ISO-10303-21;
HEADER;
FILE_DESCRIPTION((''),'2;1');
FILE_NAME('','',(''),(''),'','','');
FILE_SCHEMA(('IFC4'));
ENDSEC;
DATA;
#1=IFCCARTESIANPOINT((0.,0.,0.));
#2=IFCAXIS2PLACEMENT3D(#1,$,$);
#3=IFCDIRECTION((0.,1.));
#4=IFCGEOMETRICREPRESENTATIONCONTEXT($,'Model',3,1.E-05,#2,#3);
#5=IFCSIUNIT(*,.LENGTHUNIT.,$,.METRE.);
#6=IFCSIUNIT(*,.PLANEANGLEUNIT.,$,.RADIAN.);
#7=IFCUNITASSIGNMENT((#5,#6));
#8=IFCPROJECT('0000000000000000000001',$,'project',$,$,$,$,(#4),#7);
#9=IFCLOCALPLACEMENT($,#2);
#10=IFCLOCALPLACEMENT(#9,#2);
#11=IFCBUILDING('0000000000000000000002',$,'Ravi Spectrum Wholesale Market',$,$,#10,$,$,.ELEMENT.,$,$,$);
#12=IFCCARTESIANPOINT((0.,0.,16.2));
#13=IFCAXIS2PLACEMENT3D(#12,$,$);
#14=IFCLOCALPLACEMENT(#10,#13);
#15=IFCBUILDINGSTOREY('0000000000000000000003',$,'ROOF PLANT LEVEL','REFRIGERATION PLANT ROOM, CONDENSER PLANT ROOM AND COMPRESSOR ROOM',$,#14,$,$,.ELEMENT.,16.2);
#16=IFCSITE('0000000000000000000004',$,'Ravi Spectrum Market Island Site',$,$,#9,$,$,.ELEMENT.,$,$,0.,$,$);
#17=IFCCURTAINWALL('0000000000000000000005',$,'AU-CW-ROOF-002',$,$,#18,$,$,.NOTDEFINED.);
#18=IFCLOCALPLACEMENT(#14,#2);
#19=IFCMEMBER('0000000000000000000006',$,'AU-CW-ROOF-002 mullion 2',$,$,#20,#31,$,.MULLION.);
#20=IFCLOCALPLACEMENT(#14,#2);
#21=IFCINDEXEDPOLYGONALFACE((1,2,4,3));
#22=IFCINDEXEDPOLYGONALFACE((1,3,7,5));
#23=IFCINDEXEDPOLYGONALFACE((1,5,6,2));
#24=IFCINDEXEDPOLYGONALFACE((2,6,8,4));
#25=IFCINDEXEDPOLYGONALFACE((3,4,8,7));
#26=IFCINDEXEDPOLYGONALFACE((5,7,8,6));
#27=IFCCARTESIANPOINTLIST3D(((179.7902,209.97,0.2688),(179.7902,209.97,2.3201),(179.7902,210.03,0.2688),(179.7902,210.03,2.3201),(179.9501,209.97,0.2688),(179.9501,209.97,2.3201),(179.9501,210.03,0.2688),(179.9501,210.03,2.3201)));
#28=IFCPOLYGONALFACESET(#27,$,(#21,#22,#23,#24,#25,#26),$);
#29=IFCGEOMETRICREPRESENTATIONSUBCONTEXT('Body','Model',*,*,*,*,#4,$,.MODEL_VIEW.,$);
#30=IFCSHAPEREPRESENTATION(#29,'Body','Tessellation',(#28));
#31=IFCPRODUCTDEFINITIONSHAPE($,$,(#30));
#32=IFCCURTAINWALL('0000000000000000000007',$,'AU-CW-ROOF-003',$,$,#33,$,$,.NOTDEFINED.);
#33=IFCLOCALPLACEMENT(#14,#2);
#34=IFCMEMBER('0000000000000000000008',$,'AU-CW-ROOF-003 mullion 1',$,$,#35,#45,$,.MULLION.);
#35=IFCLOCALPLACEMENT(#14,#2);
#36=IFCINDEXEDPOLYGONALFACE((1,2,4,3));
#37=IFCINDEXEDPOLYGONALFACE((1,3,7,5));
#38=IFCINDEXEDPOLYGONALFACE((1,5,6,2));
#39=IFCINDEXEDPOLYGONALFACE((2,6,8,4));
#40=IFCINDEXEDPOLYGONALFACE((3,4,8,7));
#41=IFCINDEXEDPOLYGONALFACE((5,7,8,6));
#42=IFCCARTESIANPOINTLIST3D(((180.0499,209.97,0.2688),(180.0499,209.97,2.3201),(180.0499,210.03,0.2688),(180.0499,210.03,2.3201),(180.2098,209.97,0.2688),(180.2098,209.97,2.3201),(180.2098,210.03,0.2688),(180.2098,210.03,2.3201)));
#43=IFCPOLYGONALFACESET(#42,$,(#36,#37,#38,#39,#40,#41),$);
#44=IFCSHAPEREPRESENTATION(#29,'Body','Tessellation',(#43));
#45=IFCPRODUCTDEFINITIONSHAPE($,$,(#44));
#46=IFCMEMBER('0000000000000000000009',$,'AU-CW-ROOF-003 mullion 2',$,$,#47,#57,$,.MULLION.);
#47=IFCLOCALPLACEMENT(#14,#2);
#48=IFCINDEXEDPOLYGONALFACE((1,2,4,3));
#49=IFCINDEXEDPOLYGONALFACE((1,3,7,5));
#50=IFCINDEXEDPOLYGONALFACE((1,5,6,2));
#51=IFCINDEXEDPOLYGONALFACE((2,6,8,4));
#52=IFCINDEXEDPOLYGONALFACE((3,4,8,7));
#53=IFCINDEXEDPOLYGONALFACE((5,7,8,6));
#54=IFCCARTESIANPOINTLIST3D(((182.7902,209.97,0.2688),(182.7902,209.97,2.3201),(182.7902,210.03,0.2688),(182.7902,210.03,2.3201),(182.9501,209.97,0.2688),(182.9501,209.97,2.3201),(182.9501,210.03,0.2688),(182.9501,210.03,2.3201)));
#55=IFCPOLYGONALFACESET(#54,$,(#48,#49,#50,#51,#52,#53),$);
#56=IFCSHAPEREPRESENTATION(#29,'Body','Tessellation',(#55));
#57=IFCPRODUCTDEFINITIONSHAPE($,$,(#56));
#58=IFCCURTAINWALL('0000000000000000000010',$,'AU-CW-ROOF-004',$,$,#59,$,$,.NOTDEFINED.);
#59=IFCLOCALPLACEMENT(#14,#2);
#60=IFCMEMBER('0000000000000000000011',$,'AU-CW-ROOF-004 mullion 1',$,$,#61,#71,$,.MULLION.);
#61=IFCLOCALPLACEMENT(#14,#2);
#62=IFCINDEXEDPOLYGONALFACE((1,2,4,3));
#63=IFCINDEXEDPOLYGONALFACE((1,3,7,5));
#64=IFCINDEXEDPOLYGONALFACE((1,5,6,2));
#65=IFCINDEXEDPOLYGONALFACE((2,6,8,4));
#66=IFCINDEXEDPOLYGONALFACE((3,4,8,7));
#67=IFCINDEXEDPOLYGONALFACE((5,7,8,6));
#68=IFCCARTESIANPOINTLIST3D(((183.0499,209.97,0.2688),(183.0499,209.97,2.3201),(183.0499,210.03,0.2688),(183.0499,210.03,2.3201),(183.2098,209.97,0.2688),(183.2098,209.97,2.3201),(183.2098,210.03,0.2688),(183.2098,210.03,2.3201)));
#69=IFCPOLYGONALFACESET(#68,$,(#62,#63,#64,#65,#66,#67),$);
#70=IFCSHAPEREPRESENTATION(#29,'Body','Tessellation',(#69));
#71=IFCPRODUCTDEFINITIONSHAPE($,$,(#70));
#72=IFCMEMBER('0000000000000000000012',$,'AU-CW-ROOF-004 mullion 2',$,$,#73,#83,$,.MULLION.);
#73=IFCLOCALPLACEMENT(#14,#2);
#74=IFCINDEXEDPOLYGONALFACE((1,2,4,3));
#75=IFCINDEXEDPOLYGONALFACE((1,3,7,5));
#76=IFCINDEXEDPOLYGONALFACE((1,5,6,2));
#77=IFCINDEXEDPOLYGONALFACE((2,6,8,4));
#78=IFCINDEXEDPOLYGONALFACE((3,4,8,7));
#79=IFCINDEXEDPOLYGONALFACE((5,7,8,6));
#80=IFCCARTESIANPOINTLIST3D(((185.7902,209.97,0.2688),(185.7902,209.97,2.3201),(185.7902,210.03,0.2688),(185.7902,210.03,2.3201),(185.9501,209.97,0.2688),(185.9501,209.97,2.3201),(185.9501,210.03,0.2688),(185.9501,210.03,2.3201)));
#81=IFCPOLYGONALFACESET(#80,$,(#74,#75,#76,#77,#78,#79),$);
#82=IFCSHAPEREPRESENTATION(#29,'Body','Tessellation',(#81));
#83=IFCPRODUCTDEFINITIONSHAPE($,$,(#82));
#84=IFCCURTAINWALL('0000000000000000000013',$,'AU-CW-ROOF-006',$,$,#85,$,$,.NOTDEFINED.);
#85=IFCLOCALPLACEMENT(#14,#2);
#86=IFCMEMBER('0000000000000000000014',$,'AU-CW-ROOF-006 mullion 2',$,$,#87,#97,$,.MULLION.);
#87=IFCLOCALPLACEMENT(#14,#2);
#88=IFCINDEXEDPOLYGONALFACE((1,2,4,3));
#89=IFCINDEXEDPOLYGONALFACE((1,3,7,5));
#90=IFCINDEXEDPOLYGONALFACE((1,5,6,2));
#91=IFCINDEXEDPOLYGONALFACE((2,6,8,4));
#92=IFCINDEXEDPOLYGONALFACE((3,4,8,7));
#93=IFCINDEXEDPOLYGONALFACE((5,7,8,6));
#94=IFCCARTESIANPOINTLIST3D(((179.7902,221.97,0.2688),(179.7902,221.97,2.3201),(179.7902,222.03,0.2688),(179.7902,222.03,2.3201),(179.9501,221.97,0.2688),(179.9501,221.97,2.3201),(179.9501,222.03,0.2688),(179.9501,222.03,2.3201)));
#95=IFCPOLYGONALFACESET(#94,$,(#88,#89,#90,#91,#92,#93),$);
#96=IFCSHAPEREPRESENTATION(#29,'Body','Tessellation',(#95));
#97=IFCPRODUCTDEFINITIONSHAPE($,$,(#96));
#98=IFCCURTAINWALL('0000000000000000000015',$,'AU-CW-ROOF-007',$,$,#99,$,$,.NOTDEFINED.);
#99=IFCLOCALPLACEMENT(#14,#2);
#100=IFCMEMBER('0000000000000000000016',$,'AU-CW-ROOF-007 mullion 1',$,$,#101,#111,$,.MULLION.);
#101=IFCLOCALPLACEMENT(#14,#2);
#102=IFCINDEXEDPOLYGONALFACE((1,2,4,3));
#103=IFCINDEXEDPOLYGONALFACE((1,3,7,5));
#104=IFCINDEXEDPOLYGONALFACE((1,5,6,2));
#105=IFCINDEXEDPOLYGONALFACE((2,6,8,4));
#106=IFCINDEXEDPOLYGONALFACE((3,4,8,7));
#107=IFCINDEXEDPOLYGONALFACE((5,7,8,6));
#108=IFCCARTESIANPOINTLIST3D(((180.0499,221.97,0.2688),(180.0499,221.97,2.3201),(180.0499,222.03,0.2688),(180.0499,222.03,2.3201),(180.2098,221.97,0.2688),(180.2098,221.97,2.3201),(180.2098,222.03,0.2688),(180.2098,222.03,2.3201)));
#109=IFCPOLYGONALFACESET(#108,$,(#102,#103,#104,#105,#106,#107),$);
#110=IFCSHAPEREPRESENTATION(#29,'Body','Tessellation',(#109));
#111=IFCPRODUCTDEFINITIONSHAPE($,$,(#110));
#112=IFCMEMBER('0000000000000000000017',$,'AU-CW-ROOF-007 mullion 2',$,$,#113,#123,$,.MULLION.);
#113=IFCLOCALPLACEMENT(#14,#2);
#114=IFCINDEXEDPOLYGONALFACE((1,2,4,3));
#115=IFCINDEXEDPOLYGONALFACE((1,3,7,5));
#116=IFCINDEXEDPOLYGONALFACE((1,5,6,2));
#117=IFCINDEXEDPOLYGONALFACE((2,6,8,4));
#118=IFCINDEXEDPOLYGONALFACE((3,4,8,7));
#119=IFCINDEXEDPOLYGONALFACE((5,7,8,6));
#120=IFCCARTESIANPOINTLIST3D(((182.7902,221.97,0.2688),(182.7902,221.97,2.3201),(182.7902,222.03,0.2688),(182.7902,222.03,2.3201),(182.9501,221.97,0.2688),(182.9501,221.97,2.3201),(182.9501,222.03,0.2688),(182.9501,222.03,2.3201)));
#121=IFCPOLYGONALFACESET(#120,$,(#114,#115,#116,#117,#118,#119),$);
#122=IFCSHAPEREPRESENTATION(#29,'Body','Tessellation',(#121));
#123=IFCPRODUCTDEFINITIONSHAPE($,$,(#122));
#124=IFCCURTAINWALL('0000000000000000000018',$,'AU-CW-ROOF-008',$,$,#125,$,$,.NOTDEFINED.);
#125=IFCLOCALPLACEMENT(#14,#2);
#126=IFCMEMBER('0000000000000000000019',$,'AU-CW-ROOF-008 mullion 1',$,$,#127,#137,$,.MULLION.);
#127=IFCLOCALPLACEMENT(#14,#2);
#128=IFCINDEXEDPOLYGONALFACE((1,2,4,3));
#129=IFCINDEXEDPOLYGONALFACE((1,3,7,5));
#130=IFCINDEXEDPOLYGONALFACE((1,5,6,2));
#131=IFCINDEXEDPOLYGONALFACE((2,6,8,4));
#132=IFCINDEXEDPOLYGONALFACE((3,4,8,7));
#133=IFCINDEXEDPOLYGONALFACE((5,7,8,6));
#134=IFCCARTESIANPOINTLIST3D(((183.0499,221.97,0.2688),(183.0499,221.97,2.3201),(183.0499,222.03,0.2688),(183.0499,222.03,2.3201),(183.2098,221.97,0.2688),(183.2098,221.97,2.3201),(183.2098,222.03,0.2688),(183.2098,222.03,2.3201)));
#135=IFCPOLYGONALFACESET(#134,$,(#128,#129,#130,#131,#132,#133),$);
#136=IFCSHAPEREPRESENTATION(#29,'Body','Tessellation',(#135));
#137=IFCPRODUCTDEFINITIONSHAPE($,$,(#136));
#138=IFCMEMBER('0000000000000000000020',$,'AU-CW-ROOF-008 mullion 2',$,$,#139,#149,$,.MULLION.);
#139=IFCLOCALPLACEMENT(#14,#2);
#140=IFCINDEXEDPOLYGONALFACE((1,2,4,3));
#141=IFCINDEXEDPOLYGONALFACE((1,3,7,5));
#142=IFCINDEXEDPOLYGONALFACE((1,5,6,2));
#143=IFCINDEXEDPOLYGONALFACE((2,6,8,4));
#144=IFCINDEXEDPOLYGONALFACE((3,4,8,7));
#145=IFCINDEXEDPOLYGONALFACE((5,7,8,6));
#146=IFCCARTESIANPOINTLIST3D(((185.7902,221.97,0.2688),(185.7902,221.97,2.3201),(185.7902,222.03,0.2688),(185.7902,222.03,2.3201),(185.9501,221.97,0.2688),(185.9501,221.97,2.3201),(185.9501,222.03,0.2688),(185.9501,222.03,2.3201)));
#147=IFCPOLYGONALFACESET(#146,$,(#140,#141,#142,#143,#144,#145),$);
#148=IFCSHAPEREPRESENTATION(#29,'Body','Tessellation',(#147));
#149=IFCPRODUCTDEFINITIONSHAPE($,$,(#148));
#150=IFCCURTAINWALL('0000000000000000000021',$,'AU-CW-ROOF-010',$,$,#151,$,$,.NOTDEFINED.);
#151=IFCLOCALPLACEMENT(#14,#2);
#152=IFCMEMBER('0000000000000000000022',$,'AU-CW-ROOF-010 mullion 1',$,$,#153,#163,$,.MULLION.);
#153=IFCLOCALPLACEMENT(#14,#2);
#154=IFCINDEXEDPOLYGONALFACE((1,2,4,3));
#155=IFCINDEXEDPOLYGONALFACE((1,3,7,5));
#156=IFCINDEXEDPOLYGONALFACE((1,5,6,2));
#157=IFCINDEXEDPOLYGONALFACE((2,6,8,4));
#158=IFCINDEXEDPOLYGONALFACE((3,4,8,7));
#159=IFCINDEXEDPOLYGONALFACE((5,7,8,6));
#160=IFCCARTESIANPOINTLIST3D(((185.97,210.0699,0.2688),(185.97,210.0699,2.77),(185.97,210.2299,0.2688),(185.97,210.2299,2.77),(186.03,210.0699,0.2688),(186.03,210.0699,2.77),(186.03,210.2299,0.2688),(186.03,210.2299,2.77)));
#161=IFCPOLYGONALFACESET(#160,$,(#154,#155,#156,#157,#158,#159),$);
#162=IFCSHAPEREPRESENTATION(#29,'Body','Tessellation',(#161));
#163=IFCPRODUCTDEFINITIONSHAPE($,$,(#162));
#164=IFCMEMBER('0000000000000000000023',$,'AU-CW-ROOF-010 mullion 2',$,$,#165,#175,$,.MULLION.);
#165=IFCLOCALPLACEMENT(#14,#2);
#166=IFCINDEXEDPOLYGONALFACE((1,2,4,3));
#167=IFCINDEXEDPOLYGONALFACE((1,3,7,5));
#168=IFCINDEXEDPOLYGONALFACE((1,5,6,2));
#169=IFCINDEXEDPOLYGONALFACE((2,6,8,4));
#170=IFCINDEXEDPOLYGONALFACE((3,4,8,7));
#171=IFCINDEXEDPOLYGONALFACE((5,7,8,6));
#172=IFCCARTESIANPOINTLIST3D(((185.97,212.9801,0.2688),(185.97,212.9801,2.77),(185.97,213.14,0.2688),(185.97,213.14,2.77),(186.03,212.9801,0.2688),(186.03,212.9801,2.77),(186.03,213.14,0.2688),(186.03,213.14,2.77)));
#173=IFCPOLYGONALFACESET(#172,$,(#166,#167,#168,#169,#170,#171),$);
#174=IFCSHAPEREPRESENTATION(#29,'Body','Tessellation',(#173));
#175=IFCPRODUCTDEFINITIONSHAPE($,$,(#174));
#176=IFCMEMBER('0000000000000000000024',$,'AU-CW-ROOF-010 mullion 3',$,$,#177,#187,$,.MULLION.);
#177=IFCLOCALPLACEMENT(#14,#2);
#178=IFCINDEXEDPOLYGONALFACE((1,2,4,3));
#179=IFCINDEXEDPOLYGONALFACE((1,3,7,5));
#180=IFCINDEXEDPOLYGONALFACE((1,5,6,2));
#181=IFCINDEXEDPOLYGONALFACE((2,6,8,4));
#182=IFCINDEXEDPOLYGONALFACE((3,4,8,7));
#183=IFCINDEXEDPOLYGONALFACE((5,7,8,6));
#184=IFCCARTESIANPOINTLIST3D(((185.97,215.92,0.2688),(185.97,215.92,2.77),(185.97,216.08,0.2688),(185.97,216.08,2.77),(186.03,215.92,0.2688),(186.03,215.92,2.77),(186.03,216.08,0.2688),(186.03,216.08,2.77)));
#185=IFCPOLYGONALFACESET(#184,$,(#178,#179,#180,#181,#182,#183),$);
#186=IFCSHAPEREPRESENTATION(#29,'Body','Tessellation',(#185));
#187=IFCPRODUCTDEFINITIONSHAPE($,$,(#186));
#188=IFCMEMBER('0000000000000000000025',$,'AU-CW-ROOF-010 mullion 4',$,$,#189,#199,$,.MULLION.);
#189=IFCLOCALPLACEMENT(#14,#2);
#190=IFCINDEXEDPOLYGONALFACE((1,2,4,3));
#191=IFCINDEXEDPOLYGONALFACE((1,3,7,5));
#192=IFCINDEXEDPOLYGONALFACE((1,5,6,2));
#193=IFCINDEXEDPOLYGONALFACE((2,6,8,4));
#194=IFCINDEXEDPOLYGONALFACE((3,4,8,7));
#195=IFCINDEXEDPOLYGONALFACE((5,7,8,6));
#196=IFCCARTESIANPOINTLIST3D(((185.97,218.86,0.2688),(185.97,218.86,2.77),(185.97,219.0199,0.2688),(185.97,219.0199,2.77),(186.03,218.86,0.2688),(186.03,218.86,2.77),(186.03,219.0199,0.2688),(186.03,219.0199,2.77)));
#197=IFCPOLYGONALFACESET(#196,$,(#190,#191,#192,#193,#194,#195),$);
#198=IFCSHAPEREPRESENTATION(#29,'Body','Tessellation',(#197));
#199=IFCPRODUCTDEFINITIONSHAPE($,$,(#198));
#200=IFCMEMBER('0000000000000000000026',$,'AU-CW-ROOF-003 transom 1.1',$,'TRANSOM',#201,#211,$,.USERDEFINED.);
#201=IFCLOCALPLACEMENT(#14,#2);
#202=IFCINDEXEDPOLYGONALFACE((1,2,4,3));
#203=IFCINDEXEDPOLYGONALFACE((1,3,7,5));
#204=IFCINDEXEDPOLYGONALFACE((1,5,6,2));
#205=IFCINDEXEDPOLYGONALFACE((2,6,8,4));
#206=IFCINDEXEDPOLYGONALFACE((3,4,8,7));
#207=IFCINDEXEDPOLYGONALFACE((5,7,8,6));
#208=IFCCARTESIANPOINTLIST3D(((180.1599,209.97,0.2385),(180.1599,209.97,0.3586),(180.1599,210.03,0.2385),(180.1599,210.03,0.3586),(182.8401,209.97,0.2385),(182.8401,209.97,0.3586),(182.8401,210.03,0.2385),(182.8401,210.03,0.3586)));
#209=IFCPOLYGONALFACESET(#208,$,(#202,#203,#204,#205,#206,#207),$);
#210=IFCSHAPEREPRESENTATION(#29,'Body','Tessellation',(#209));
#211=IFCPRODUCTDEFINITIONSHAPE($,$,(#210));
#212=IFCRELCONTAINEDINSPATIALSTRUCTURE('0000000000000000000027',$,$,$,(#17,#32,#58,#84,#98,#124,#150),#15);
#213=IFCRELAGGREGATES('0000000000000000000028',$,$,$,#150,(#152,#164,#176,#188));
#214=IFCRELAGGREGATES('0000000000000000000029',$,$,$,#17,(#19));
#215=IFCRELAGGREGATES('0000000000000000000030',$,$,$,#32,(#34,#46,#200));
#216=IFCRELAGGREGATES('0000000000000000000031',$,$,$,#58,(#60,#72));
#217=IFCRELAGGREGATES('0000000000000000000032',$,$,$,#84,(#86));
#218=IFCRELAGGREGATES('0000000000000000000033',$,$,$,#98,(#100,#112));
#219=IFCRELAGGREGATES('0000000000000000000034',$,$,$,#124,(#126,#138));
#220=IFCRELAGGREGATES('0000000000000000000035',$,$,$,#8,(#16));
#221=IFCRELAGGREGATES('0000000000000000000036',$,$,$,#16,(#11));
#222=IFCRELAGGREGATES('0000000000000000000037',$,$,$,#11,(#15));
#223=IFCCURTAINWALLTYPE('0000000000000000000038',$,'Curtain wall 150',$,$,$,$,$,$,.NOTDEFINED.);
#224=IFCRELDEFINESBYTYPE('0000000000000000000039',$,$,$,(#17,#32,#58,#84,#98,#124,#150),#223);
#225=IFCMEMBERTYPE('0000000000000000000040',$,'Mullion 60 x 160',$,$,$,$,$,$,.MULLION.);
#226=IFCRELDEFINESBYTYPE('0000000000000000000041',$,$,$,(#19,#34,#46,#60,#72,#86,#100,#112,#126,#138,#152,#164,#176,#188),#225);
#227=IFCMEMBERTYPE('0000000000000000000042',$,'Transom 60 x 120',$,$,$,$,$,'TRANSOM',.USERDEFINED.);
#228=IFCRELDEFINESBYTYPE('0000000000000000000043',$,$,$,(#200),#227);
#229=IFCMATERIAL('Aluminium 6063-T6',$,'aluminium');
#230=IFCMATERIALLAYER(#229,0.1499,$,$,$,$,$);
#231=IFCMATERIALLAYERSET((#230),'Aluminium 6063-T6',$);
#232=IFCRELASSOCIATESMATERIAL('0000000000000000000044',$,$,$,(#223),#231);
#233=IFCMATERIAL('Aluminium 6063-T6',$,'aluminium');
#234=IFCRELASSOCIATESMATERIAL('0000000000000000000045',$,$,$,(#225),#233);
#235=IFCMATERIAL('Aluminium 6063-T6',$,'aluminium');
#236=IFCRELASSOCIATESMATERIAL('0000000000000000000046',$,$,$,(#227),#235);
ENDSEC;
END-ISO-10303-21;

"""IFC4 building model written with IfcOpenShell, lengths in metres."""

from ifc_helpers import new_model, si_unit, direction, frame, origin, origin_2d, place, context, subcontext, project, spatial, rectangle, extrude, material, layer, layer_set, material_profile, profile_set, type_object, element, aggregate, save


model = new_model("IFC4")

# Units and contexts
model_context = context("Model", 3, precision=1e-05, world=origin(), true_north=direction((0.0, 1.0)))
body_context = subcontext(model_context, "Body", "Model", "MODEL_VIEW")
ifc_project = project(units=[si_unit("LENGTHUNIT", "METRE"), si_unit("PLANEANGLEUNIT", "RADIAN")], contexts=[model_context])

# Site, building, storey
site_placement = place(None, origin())
site = spatial("IfcSite", under=ifc_project, at=site_placement, Name="Ravi Spectrum Market Island Site", CompositionType="ELEMENT", RefElevation=0.0)
building_placement = place(site_placement, origin())
building = spatial("IfcBuilding", under=site, at=building_placement, Name="Ravi Spectrum Wholesale Market", CompositionType="ELEMENT")
storey_placement = place(building_placement, frame((0.0, 0.0, 16.2)))
storey = spatial("IfcBuildingStorey", under=building, at=storey_placement, Name="ROOF PLANT LEVEL", Description="REFRIGERATION PLANT ROOM, CONDENSER PLANT ROOM AND COMPRESSOR ROOM", CompositionType="ELEMENT", Elevation=16.2)

# Curtain wall, member
ifc_material_1 = material(Name="Aluminium 6063-T6", Category="aluminium")
ifc_layer_1 = layer(ifc_material_1, 0.1499)
ifc_layer_set_1 = layer_set([ifc_layer_1], Name="Aluminium 6063-T6")
curtain_wall_type = type_object("IfcCurtainWallType", Name="Curtain wall 150", PredefinedType="NOTDEFINED", material=ifc_layer_set_1)
curtain_wall_1_placement = place(storey_placement, origin())
curtain_wall_1 = element("IfcCurtainWall", 1, at=curtain_wall_1_placement, inside=storey, type_object=curtain_wall_type, Name="AU-CW-ROOF-002", PredefinedType="NOTDEFINED")
ifc_material_2 = material(Name="Aluminium 6063-T6", Category="aluminium")
ifc_material_profile_1 = material_profile(ifc_material_2, rectangle(XDim=0.0601, YDim=0.1599, at=origin_2d()))
ifc_profile_set_1 = profile_set([ifc_material_profile_1], Name="Aluminium 6063-T6")
member_type_1 = type_object("IfcMemberType", Name="Mullion 60 x 160", PredefinedType="MULLION", material=ifc_profile_set_1)
member_1_placement = place(storey_placement, frame((179.8701, 210.0, 0.2688), z_axis=(0.0, 0.0, 1.0), x_axis=(0.0, 1.0, 0.0)))
member_1 = element("IfcMember", 2, at=member_1_placement, type_object=member_type_1, Name="AU-CW-ROOF-002 mullion 2", PredefinedType="MULLION", context=body_context, shape_type="SweptSolid", body=[
    extrude(rectangle(XDim=0.0601, YDim=0.1599, at=origin_2d()), origin(), (0.0, 0.0, 1.0), 2.0513),
])

# Curtain walls, members
curtain_wall_2_placement = place(storey_placement, origin())
curtain_wall_2 = element("IfcCurtainWall", 3, at=curtain_wall_2_placement, inside=storey, type_object=curtain_wall_type, Name="AU-CW-ROOF-003", PredefinedType="NOTDEFINED")
member_2_placement = place(storey_placement, frame((180.1299, 210.0, 0.2688), z_axis=(0.0, 0.0, 1.0), x_axis=(0.0, 1.0, 0.0)))
member_2 = element("IfcMember", 4, at=member_2_placement, type_object=member_type_1, Name="AU-CW-ROOF-003 mullion 1", PredefinedType="MULLION", context=body_context, shape_type="SweptSolid", body=[
    extrude(rectangle(XDim=0.0601, YDim=0.1599, at=origin_2d()), origin(), (0.0, 0.0, 1.0), 2.0513),
])
member_3_placement = place(storey_placement, frame((182.8701, 210.0, 0.2688), z_axis=(0.0, 0.0, 1.0), x_axis=(0.0, 1.0, 0.0)))
member_3 = element("IfcMember", 5, at=member_3_placement, type_object=member_type_1, Name="AU-CW-ROOF-003 mullion 2", PredefinedType="MULLION", context=body_context, shape_type="SweptSolid", body=[
    extrude(rectangle(XDim=0.0601, YDim=0.1599, at=origin_2d()), origin(), (0.0, 0.0, 1.0), 2.0513),
])
curtain_wall_3_placement = place(storey_placement, origin())
curtain_wall_3 = element("IfcCurtainWall", 6, at=curtain_wall_3_placement, inside=storey, type_object=curtain_wall_type, Name="AU-CW-ROOF-004", PredefinedType="NOTDEFINED")
member_4_placement = place(storey_placement, frame((183.1299, 210.0, 0.2688), z_axis=(0.0, 0.0, 1.0), x_axis=(0.0, 1.0, 0.0)))
member_4 = element("IfcMember", 7, at=member_4_placement, type_object=member_type_1, Name="AU-CW-ROOF-004 mullion 1", PredefinedType="MULLION", context=body_context, shape_type="SweptSolid", body=[
    extrude(rectangle(XDim=0.0601, YDim=0.1599, at=origin_2d()), origin(), (0.0, 0.0, 1.0), 2.0513),
])
member_5_placement = place(storey_placement, frame((185.8701, 210.0, 0.2688), z_axis=(0.0, 0.0, 1.0), x_axis=(0.0, 1.0, 0.0)))
member_5 = element("IfcMember", 8, at=member_5_placement, type_object=member_type_1, Name="AU-CW-ROOF-004 mullion 2", PredefinedType="MULLION", context=body_context, shape_type="SweptSolid", body=[
    extrude(rectangle(XDim=0.0601, YDim=0.1599, at=origin_2d()), origin(), (0.0, 0.0, 1.0), 2.0513),
])

# Curtain wall, member
curtain_wall_4_placement = place(storey_placement, origin())
curtain_wall_4 = element("IfcCurtainWall", 9, at=curtain_wall_4_placement, inside=storey, type_object=curtain_wall_type, Name="AU-CW-ROOF-006", PredefinedType="NOTDEFINED")
member_6_placement = place(storey_placement, frame((179.8701, 222.0, 0.2688), z_axis=(0.0, 0.0, 1.0), x_axis=(0.0, 1.0, 0.0)))
member_6 = element("IfcMember", 10, at=member_6_placement, type_object=member_type_1, Name="AU-CW-ROOF-006 mullion 2", PredefinedType="MULLION", context=body_context, shape_type="SweptSolid", body=[
    extrude(rectangle(XDim=0.0601, YDim=0.1599, at=origin_2d()), origin(), (0.0, 0.0, 1.0), 2.0513),
])

# Curtain walls, members
curtain_wall_5_placement = place(storey_placement, origin())
curtain_wall_5 = element("IfcCurtainWall", 11, at=curtain_wall_5_placement, inside=storey, type_object=curtain_wall_type, Name="AU-CW-ROOF-007", PredefinedType="NOTDEFINED")
member_7_placement = place(storey_placement, frame((180.1299, 222.0, 0.2688), z_axis=(0.0, 0.0, 1.0), x_axis=(0.0, 1.0, 0.0)))
member_7 = element("IfcMember", 12, at=member_7_placement, type_object=member_type_1, Name="AU-CW-ROOF-007 mullion 1", PredefinedType="MULLION", context=body_context, shape_type="SweptSolid", body=[
    extrude(rectangle(XDim=0.0601, YDim=0.1599, at=origin_2d()), origin(), (0.0, 0.0, 1.0), 2.0513),
])
member_8_placement = place(storey_placement, frame((182.8701, 222.0, 0.2688), z_axis=(0.0, 0.0, 1.0), x_axis=(0.0, 1.0, 0.0)))
member_8 = element("IfcMember", 13, at=member_8_placement, type_object=member_type_1, Name="AU-CW-ROOF-007 mullion 2", PredefinedType="MULLION", context=body_context, shape_type="SweptSolid", body=[
    extrude(rectangle(XDim=0.0601, YDim=0.1599, at=origin_2d()), origin(), (0.0, 0.0, 1.0), 2.0513),
])
curtain_wall_6_placement = place(storey_placement, origin())
curtain_wall_6 = element("IfcCurtainWall", 14, at=curtain_wall_6_placement, inside=storey, type_object=curtain_wall_type, Name="AU-CW-ROOF-008", PredefinedType="NOTDEFINED")
member_9_placement = place(storey_placement, frame((183.1299, 222.0, 0.2688), z_axis=(0.0, 0.0, 1.0), x_axis=(0.0, 1.0, 0.0)))
member_9 = element("IfcMember", 15, at=member_9_placement, type_object=member_type_1, Name="AU-CW-ROOF-008 mullion 1", PredefinedType="MULLION", context=body_context, shape_type="SweptSolid", body=[
    extrude(rectangle(XDim=0.0601, YDim=0.1599, at=origin_2d()), origin(), (0.0, 0.0, 1.0), 2.0513),
])
member_10_placement = place(storey_placement, frame((185.8701, 222.0, 0.2688), z_axis=(0.0, 0.0, 1.0), x_axis=(0.0, 1.0, 0.0)))
member_10 = element("IfcMember", 16, at=member_10_placement, type_object=member_type_1, Name="AU-CW-ROOF-008 mullion 2", PredefinedType="MULLION", context=body_context, shape_type="SweptSolid", body=[
    extrude(rectangle(XDim=0.0601, YDim=0.1599, at=origin_2d()), origin(), (0.0, 0.0, 1.0), 2.0513),
])
curtain_wall_7_placement = place(storey_placement, origin())
curtain_wall_7 = element("IfcCurtainWall", 17, at=curtain_wall_7_placement, inside=storey, type_object=curtain_wall_type, Name="AU-CW-ROOF-010", PredefinedType="NOTDEFINED")
member_11_placement = place(storey_placement, frame((186.0, 210.1499, 0.2688), z_axis=(0.0, 0.0, 1.0), x_axis=(-1.0, 0.0, 0.0)))
member_11 = element("IfcMember", 18, at=member_11_placement, type_object=member_type_1, Name="AU-CW-ROOF-010 mullion 1", PredefinedType="MULLION", context=body_context, shape_type="SweptSolid", body=[
    extrude(rectangle(XDim=0.0601, YDim=0.1599, at=origin_2d()), origin(), (0.0, 0.0, 1.0), 2.5012),
])
member_12_placement = place(storey_placement, frame((186.0, 213.0601, 0.2688), z_axis=(0.0, 0.0, 1.0), x_axis=(-1.0, 0.0, 0.0)))
member_12 = element("IfcMember", 19, at=member_12_placement, type_object=member_type_1, Name="AU-CW-ROOF-010 mullion 2", PredefinedType="MULLION", context=body_context, shape_type="SweptSolid", body=[
    extrude(rectangle(XDim=0.0601, YDim=0.1599, at=origin_2d()), origin(), (0.0, 0.0, 1.0), 2.5012),
])
member_13_placement = place(storey_placement, frame((186.0, 216.0, 0.2688), z_axis=(0.0, 0.0, 1.0), x_axis=(-1.0, 0.0, 0.0)))
member_13 = element("IfcMember", 20, at=member_13_placement, type_object=member_type_1, Name="AU-CW-ROOF-010 mullion 3", PredefinedType="MULLION", context=body_context, shape_type="SweptSolid", body=[
    extrude(rectangle(XDim=0.0601, YDim=0.1599, at=origin_2d()), origin(), (0.0, 0.0, 1.0), 2.5012),
])
member_14_placement = place(storey_placement, frame((186.0, 218.9399, 0.2688), z_axis=(0.0, 0.0, 1.0), x_axis=(-1.0, 0.0, 0.0)))
member_14 = element("IfcMember", 21, at=member_14_placement, type_object=member_type_1, Name="AU-CW-ROOF-010 mullion 4", PredefinedType="MULLION", context=body_context, shape_type="SweptSolid", body=[
    extrude(rectangle(XDim=0.0601, YDim=0.1599, at=origin_2d()), origin(), (0.0, 0.0, 1.0), 2.5012),
])
aggregate(curtain_wall_7, [member_11, member_12, member_13, member_14])

# Member
ifc_material_3 = material(Name="Aluminium 6063-T6", Category="aluminium")
ifc_material_profile_2 = material_profile(ifc_material_3, rectangle(XDim=0.0601, YDim=0.1201, at=origin_2d()))
ifc_profile_set_2 = profile_set([ifc_material_profile_2], Name="Aluminium 6063-T6")
member_type_2 = type_object("IfcMemberType", Name="Transom 60 x 120", ElementType="TRANSOM", PredefinedType="USERDEFINED", material=ifc_profile_set_2)
member_15_placement = place(storey_placement, frame((180.1599, 210.0, 0.2986), z_axis=(1.0, 0.0, 0.0), x_axis=(0.0, 1.0, 0.0)))
member_15 = element("IfcMember", 22, at=member_15_placement, type_object=member_type_2, Name="AU-CW-ROOF-003 transom 1.1", ObjectType="TRANSOM", PredefinedType="USERDEFINED", context=body_context, shape_type="SweptSolid", body=[
    extrude(rectangle(XDim=0.0601, YDim=0.1201, at=origin_2d()), origin(), (0.0, 0.0, 1.0), 2.6802),
])

aggregate(curtain_wall_1, [member_1])
aggregate(curtain_wall_2, [member_2, member_3, member_15])
aggregate(curtain_wall_3, [member_4, member_5])
aggregate(curtain_wall_4, [member_6])
aggregate(curtain_wall_5, [member_7, member_8])
aggregate(curtain_wall_6, [member_9, member_10])

save(model, "model.ifc")
